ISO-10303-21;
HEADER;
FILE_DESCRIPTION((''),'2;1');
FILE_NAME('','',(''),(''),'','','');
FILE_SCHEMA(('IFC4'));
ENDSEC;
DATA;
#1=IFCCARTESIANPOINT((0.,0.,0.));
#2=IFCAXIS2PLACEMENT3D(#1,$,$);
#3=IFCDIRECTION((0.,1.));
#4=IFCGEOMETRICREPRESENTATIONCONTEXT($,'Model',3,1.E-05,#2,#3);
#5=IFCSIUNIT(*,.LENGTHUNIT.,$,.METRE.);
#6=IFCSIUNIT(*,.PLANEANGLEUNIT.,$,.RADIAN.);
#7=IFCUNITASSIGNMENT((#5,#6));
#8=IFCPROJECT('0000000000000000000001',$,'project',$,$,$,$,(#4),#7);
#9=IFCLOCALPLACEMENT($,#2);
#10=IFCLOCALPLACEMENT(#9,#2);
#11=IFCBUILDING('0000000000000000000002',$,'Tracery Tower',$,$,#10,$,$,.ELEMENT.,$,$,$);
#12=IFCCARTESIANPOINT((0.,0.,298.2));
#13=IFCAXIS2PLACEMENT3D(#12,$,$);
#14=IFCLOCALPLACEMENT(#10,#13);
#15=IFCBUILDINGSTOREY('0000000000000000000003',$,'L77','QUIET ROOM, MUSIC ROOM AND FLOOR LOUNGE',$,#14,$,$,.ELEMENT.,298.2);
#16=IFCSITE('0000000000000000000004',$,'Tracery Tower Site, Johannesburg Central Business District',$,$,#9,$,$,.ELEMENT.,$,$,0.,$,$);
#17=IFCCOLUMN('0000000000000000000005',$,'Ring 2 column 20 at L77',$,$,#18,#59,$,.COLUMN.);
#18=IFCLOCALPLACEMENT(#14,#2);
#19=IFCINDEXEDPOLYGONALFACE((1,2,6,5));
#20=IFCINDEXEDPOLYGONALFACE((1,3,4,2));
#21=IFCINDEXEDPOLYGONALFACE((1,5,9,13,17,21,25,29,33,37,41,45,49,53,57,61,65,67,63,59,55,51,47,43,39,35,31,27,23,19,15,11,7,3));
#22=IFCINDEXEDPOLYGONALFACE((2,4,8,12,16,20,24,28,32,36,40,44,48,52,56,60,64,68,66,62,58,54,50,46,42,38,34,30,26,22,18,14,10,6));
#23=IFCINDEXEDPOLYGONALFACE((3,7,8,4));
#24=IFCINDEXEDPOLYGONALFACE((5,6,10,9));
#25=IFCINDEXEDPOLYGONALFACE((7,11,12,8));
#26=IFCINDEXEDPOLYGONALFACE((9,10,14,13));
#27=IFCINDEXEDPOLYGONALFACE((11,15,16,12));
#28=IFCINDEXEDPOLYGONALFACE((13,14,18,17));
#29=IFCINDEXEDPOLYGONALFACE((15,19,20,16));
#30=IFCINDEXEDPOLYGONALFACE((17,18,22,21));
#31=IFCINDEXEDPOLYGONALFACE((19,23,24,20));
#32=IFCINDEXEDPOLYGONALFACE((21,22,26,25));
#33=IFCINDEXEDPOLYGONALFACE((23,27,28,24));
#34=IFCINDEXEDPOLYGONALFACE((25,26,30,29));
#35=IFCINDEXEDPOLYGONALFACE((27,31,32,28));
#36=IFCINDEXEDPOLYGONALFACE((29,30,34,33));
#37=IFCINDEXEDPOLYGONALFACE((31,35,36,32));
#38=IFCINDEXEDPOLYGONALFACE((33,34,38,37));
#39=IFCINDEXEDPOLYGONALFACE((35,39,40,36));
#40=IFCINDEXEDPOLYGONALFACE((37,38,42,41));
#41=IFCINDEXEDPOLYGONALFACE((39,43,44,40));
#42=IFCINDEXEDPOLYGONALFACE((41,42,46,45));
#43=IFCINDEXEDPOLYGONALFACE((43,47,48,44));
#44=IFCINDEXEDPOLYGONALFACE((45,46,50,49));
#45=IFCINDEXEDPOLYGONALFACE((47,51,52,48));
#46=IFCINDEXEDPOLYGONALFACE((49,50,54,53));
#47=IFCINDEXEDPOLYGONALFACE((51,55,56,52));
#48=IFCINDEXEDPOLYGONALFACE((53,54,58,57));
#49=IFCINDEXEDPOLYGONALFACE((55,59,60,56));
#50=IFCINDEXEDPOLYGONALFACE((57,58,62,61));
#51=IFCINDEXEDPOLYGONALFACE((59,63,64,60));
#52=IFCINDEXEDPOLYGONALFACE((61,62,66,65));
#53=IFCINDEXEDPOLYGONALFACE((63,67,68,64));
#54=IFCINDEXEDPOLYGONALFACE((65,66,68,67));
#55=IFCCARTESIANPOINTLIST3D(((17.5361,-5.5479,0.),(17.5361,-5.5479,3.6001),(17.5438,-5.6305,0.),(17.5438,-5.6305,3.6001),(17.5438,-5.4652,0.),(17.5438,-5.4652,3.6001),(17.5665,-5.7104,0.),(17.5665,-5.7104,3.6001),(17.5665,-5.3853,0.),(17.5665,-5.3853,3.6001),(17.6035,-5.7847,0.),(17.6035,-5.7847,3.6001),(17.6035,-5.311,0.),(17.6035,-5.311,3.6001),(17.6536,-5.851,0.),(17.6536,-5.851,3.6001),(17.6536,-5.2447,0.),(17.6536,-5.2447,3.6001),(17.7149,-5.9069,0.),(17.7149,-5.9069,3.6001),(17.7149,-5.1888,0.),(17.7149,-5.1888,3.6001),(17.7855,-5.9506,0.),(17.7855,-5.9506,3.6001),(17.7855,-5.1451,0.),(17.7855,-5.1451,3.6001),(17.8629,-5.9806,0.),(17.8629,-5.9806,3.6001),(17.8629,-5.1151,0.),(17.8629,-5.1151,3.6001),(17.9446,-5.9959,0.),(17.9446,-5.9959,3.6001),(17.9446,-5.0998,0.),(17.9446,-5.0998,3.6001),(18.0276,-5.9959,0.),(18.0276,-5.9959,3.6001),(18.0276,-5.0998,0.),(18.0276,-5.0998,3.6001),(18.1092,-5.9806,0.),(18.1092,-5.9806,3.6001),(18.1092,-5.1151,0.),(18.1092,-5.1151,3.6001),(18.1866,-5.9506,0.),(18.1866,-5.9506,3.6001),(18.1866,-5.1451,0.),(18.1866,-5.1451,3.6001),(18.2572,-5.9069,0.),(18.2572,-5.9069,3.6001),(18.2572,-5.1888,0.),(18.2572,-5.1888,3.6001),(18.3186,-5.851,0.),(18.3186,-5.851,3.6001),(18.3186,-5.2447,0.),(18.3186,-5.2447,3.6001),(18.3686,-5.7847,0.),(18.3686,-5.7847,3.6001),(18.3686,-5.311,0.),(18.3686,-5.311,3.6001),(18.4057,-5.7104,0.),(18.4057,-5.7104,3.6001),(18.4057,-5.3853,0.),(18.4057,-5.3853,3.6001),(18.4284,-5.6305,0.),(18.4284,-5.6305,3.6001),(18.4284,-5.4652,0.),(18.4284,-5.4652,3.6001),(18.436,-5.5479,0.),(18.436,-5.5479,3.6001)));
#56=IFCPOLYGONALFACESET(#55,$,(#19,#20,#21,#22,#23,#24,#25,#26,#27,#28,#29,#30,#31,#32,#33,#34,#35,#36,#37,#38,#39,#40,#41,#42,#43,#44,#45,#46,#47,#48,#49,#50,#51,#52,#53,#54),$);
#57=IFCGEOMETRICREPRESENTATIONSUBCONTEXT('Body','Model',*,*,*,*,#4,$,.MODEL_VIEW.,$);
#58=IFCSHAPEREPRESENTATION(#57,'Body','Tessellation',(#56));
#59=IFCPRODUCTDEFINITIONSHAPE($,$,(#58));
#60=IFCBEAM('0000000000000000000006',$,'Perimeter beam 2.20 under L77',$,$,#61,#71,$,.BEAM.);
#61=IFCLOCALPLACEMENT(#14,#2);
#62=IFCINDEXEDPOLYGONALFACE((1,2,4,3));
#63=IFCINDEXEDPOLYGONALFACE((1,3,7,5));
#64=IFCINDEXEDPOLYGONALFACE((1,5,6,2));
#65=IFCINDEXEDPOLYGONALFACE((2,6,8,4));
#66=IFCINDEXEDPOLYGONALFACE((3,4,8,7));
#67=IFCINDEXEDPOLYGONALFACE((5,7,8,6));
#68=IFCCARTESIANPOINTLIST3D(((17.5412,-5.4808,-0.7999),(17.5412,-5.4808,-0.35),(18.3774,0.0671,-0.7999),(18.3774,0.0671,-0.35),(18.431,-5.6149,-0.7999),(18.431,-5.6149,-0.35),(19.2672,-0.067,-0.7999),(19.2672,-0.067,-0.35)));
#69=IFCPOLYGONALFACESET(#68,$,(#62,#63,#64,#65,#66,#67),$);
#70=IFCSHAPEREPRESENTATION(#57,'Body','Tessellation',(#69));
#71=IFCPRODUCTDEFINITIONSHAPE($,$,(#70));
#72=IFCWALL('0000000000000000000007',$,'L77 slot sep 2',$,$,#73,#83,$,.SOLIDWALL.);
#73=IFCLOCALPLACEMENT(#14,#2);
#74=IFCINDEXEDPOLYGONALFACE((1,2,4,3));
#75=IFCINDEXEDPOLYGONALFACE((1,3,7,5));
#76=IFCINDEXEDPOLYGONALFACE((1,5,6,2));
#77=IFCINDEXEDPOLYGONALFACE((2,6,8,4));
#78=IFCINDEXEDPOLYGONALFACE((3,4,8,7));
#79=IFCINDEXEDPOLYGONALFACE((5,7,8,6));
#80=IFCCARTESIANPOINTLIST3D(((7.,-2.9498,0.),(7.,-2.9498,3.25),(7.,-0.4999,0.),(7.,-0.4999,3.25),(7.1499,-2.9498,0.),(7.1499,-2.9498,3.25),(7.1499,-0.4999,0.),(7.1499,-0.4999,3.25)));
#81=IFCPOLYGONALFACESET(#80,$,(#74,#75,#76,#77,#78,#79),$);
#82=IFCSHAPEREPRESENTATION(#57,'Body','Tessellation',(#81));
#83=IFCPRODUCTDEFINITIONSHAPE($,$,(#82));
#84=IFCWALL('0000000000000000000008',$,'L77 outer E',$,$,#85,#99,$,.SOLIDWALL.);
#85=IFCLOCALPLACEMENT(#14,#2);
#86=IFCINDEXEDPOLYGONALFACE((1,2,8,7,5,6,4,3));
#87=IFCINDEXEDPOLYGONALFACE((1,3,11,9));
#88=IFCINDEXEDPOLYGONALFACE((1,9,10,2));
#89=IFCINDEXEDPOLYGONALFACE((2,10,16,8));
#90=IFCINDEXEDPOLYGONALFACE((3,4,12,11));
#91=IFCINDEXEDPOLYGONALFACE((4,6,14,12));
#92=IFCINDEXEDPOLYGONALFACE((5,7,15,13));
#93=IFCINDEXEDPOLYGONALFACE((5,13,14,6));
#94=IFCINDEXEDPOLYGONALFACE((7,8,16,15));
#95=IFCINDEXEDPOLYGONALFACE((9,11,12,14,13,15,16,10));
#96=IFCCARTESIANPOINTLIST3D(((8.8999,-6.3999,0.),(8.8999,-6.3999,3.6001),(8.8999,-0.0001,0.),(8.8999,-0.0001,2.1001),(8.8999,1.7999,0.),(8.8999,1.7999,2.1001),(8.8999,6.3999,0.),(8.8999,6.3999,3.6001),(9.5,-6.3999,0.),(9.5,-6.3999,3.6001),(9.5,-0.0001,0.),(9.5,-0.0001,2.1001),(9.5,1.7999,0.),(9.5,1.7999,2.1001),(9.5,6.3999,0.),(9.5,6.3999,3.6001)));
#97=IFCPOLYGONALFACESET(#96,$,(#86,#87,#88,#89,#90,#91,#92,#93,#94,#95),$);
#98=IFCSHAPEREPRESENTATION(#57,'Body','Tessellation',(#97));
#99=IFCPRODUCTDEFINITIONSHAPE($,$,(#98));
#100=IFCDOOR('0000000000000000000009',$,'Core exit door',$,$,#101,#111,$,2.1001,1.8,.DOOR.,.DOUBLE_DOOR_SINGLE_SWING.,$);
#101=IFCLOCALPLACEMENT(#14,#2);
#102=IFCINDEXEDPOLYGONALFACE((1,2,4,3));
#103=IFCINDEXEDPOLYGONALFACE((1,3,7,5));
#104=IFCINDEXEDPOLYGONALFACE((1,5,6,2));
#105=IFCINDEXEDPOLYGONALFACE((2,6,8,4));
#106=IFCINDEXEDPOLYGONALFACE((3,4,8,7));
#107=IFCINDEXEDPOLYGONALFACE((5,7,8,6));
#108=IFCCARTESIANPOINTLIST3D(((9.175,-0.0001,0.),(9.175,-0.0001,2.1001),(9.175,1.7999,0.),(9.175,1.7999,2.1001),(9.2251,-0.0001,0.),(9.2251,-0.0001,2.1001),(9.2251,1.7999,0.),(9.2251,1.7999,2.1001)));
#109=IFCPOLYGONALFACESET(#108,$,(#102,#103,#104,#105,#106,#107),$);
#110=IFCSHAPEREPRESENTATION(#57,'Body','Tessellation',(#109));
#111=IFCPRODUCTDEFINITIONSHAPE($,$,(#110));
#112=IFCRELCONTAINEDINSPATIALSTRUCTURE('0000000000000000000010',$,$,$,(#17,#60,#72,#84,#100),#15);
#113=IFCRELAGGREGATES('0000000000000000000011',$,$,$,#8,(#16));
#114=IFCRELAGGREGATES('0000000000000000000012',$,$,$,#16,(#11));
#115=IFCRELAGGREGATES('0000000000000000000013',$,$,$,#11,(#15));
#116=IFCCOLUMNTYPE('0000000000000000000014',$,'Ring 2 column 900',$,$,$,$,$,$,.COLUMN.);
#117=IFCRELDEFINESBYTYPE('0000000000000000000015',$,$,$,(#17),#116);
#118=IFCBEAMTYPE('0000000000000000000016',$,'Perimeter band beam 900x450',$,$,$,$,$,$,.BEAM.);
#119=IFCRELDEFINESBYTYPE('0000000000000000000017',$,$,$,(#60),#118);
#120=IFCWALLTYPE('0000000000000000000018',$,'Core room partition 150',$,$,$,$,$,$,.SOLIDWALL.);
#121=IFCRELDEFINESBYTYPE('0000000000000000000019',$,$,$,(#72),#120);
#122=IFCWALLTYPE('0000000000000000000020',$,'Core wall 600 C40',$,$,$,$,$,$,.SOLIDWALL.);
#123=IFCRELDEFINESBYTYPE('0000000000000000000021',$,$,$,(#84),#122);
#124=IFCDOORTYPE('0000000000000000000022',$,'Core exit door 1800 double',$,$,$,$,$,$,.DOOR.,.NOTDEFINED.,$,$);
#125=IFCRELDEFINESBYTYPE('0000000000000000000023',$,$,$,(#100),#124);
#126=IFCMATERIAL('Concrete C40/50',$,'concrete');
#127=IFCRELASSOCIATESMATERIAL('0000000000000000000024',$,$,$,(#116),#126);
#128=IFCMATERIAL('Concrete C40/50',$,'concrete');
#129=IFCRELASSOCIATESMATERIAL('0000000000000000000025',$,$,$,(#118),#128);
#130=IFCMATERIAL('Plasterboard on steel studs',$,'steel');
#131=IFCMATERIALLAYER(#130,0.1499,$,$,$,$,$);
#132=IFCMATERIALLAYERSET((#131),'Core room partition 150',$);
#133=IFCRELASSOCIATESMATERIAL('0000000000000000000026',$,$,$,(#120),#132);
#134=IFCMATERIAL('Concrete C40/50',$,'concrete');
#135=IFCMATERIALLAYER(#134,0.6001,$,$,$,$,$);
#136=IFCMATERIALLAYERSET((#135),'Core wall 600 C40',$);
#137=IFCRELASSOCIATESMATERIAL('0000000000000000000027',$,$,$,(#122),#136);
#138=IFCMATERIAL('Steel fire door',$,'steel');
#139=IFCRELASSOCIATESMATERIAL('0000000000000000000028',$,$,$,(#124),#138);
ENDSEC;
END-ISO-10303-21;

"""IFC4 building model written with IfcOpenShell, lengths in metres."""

from ifc_helpers import new_model, si_unit, direction, frame, frame_2d, origin, origin_2d, place, context, subcontext, project, spatial, rectangle, circle, extrude, material, layer, layer_set, material_profile, profile_set, type_object, element, fill, save


model = new_model("IFC4")

# Units and contexts
model_context = context("Model", 3, precision=1e-05, world=origin(), true_north=direction((0.0, 1.0)))
body_context = subcontext(model_context, "Body", "Model", "MODEL_VIEW")
ifc_project = project(units=[si_unit("LENGTHUNIT", "METRE"), si_unit("PLANEANGLEUNIT", "RADIAN")], contexts=[model_context])

# Site, building, storey
site_placement = place(None, origin())
site = spatial("IfcSite", under=ifc_project, at=site_placement, Name="Tracery Tower Site, Johannesburg Central Business District", CompositionType="ELEMENT", RefElevation=0.0)
building_placement = place(site_placement, origin())
building = spatial("IfcBuilding", under=site, at=building_placement, Name="Tracery Tower", CompositionType="ELEMENT")
storey_placement = place(building_placement, frame((0.0, 0.0, 298.2)))
storey = spatial("IfcBuildingStorey", under=building, at=storey_placement, Name="L77", Description="QUIET ROOM, MUSIC ROOM AND FLOOR LOUNGE", CompositionType="ELEMENT", Elevation=298.2)

# Column
ifc_material_1 = material(Name="Concrete C40/50", Category="concrete")
ifc_material_profile_1 = material_profile(ifc_material_1, circle(Radius=0.45, at=origin_2d()), Name="RC D900")
ifc_profile_set_1 = profile_set([ifc_material_profile_1], Name="Concrete C40/50")
column_type = type_object("IfcColumnType", Name="Ring 2 column 900", PredefinedType="COLUMN", material=ifc_profile_set_1)
column_placement = place(storey_placement, frame((17.9861, -5.5479, 0.0), z_axis=(0.0, 0.0, 1.0), x_axis=(1.0, 0.0, 0.0)))
element("IfcColumn", 1, at=column_placement, inside=storey, type_object=column_type, Name="Ring 2 column 20 at L77", PredefinedType="COLUMN", context=body_context, shape_type="SweptSolid", body=[
    extrude(circle(Radius=0.45, at=origin_2d()), origin(), (0.0, 0.0, 1.0), 3.6001),
])

# Beam
ifc_material_2 = material(Name="Concrete C40/50", Category="concrete")
ifc_material_profile_2 = material_profile(ifc_material_2, rectangle(XDim=0.8999, YDim=0.45, at=origin_2d()), Name="RC 900x450")
ifc_profile_set_2 = profile_set([ifc_material_profile_2], Name="Concrete C40/50")
beam_type = type_object("IfcBeamType", Name="Perimeter band beam 900x450", PredefinedType="BEAM", material=ifc_profile_set_2)
beam_placement = place(storey_placement, frame((17.9861, -5.5479, -0.575), z_axis=(0.149038, 0.988831, 0.0), x_axis=(-0.988831, 0.149038, 0.0)))
element("IfcBeam", 2, at=beam_placement, inside=storey, type_object=beam_type, Name="Perimeter beam 2.20 under L77", PredefinedType="BEAM", context=body_context, shape_type="SweptSolid", body=[
    extrude(rectangle(XDim=0.8999, YDim=0.45, at=origin_2d()), origin(), (0.0, 0.0, 1.0), 5.6106),
])

# Wall
ifc_material_3 = material(Name="Plasterboard on steel studs", Category="steel")
ifc_layer_1 = layer(ifc_material_3, 0.1499)
ifc_layer_set_1 = layer_set([ifc_layer_1], Name="Core room partition 150")
wall_type_1 = type_object("IfcWallType", Name="Core room partition 150", PredefinedType="SOLIDWALL", material=ifc_layer_set_1)
wall_1_placement = place(storey_placement, frame((7.075, -2.95, 0.0), z_axis=(0.0, 0.0, 1.0), x_axis=(0.0, 1.0, 0.0)))
element("IfcWall", 3, at=wall_1_placement, inside=storey, type_object=wall_type_1, Name="L77 slot sep 2", PredefinedType="SOLIDWALL", context=body_context, shape_type="SweptSolid", body=[
    extrude(rectangle(XDim=2.45, YDim=0.1499, at=frame_2d((1.2251, 0.0))), origin(), (0.0, 0.0, 1.0), 3.25),
])

# Wall, opening, door
ifc_material_4 = material(Name="Concrete C40/50", Category="concrete")
ifc_layer_2 = layer(ifc_material_4, 0.6001)
ifc_layer_set_2 = layer_set([ifc_layer_2], Name="Core wall 600 C40")
wall_type_2 = type_object("IfcWallType", Name="Core wall 600 C40", PredefinedType="SOLIDWALL", material=ifc_layer_set_2)
wall_2_placement = place(storey_placement, frame((9.2, -6.3999, 0.0), z_axis=(0.0, 0.0, 1.0), x_axis=(0.0, 1.0, 0.0)))
wall_2 = element("IfcWall", 4, at=wall_2_placement, inside=storey, type_object=wall_type_2, Name="L77 outer E", PredefinedType="SOLIDWALL", context=body_context, shape_type="SweptSolid", body=[
    extrude(rectangle(XDim=12.7998, YDim=0.6001, at=frame_2d((6.3999, 0.0))), origin(), (0.0, 0.0, 1.0), 3.6001),
])
opening_1_placement = place(wall_2_placement, frame((6.3999, 0.0, 0.0)))
opening_1 = element("IfcOpeningElement", 5, at=opening_1_placement, cuts=wall_2, PredefinedType="OPENING", context=body_context, shape_type="SweptSolid", body=[
    extrude(rectangle(XDim=1.8, YDim=2.1001, at=frame_2d((0.8999, 1.05))), frame((0.0, 0.3, 0.0), z_axis=(0.0, -1.0, 0.0), x_axis=(1.0, 0.0, 0.0)), (0.0, 0.0, 1.0), 0.6001),
])
ifc_material_5 = material(Name="Steel fire door", Category="steel")
door_type_1 = type_object("IfcDoorType", Name="Core exit door 1800 double", OperationType="NOTDEFINED", PredefinedType="DOOR", material=ifc_material_5)
door_1_placement = place(opening_1_placement, origin())
door_1 = element("IfcDoor", 6, at=door_1_placement, inside=storey, type_object=door_type_1, Name="Core exit door", OperationType="DOUBLE_DOOR_SINGLE_SWING", OverallHeight=2.1001, OverallWidth=1.8, PredefinedType="DOOR", context=body_context, shape_type="SweptSolid", body=[
    extrude(rectangle(XDim=1.8, YDim=2.1001, at=frame_2d((0.8999, 1.05))), frame((0.0, 0.0249, 0.0), z_axis=(0.0, -1.0, 0.0), x_axis=(1.0, 0.0, 0.0)), (0.0, 0.0, 1.0), 0.05),
])
fill(opening_1, door_1)

save(model, "model.ifc")
